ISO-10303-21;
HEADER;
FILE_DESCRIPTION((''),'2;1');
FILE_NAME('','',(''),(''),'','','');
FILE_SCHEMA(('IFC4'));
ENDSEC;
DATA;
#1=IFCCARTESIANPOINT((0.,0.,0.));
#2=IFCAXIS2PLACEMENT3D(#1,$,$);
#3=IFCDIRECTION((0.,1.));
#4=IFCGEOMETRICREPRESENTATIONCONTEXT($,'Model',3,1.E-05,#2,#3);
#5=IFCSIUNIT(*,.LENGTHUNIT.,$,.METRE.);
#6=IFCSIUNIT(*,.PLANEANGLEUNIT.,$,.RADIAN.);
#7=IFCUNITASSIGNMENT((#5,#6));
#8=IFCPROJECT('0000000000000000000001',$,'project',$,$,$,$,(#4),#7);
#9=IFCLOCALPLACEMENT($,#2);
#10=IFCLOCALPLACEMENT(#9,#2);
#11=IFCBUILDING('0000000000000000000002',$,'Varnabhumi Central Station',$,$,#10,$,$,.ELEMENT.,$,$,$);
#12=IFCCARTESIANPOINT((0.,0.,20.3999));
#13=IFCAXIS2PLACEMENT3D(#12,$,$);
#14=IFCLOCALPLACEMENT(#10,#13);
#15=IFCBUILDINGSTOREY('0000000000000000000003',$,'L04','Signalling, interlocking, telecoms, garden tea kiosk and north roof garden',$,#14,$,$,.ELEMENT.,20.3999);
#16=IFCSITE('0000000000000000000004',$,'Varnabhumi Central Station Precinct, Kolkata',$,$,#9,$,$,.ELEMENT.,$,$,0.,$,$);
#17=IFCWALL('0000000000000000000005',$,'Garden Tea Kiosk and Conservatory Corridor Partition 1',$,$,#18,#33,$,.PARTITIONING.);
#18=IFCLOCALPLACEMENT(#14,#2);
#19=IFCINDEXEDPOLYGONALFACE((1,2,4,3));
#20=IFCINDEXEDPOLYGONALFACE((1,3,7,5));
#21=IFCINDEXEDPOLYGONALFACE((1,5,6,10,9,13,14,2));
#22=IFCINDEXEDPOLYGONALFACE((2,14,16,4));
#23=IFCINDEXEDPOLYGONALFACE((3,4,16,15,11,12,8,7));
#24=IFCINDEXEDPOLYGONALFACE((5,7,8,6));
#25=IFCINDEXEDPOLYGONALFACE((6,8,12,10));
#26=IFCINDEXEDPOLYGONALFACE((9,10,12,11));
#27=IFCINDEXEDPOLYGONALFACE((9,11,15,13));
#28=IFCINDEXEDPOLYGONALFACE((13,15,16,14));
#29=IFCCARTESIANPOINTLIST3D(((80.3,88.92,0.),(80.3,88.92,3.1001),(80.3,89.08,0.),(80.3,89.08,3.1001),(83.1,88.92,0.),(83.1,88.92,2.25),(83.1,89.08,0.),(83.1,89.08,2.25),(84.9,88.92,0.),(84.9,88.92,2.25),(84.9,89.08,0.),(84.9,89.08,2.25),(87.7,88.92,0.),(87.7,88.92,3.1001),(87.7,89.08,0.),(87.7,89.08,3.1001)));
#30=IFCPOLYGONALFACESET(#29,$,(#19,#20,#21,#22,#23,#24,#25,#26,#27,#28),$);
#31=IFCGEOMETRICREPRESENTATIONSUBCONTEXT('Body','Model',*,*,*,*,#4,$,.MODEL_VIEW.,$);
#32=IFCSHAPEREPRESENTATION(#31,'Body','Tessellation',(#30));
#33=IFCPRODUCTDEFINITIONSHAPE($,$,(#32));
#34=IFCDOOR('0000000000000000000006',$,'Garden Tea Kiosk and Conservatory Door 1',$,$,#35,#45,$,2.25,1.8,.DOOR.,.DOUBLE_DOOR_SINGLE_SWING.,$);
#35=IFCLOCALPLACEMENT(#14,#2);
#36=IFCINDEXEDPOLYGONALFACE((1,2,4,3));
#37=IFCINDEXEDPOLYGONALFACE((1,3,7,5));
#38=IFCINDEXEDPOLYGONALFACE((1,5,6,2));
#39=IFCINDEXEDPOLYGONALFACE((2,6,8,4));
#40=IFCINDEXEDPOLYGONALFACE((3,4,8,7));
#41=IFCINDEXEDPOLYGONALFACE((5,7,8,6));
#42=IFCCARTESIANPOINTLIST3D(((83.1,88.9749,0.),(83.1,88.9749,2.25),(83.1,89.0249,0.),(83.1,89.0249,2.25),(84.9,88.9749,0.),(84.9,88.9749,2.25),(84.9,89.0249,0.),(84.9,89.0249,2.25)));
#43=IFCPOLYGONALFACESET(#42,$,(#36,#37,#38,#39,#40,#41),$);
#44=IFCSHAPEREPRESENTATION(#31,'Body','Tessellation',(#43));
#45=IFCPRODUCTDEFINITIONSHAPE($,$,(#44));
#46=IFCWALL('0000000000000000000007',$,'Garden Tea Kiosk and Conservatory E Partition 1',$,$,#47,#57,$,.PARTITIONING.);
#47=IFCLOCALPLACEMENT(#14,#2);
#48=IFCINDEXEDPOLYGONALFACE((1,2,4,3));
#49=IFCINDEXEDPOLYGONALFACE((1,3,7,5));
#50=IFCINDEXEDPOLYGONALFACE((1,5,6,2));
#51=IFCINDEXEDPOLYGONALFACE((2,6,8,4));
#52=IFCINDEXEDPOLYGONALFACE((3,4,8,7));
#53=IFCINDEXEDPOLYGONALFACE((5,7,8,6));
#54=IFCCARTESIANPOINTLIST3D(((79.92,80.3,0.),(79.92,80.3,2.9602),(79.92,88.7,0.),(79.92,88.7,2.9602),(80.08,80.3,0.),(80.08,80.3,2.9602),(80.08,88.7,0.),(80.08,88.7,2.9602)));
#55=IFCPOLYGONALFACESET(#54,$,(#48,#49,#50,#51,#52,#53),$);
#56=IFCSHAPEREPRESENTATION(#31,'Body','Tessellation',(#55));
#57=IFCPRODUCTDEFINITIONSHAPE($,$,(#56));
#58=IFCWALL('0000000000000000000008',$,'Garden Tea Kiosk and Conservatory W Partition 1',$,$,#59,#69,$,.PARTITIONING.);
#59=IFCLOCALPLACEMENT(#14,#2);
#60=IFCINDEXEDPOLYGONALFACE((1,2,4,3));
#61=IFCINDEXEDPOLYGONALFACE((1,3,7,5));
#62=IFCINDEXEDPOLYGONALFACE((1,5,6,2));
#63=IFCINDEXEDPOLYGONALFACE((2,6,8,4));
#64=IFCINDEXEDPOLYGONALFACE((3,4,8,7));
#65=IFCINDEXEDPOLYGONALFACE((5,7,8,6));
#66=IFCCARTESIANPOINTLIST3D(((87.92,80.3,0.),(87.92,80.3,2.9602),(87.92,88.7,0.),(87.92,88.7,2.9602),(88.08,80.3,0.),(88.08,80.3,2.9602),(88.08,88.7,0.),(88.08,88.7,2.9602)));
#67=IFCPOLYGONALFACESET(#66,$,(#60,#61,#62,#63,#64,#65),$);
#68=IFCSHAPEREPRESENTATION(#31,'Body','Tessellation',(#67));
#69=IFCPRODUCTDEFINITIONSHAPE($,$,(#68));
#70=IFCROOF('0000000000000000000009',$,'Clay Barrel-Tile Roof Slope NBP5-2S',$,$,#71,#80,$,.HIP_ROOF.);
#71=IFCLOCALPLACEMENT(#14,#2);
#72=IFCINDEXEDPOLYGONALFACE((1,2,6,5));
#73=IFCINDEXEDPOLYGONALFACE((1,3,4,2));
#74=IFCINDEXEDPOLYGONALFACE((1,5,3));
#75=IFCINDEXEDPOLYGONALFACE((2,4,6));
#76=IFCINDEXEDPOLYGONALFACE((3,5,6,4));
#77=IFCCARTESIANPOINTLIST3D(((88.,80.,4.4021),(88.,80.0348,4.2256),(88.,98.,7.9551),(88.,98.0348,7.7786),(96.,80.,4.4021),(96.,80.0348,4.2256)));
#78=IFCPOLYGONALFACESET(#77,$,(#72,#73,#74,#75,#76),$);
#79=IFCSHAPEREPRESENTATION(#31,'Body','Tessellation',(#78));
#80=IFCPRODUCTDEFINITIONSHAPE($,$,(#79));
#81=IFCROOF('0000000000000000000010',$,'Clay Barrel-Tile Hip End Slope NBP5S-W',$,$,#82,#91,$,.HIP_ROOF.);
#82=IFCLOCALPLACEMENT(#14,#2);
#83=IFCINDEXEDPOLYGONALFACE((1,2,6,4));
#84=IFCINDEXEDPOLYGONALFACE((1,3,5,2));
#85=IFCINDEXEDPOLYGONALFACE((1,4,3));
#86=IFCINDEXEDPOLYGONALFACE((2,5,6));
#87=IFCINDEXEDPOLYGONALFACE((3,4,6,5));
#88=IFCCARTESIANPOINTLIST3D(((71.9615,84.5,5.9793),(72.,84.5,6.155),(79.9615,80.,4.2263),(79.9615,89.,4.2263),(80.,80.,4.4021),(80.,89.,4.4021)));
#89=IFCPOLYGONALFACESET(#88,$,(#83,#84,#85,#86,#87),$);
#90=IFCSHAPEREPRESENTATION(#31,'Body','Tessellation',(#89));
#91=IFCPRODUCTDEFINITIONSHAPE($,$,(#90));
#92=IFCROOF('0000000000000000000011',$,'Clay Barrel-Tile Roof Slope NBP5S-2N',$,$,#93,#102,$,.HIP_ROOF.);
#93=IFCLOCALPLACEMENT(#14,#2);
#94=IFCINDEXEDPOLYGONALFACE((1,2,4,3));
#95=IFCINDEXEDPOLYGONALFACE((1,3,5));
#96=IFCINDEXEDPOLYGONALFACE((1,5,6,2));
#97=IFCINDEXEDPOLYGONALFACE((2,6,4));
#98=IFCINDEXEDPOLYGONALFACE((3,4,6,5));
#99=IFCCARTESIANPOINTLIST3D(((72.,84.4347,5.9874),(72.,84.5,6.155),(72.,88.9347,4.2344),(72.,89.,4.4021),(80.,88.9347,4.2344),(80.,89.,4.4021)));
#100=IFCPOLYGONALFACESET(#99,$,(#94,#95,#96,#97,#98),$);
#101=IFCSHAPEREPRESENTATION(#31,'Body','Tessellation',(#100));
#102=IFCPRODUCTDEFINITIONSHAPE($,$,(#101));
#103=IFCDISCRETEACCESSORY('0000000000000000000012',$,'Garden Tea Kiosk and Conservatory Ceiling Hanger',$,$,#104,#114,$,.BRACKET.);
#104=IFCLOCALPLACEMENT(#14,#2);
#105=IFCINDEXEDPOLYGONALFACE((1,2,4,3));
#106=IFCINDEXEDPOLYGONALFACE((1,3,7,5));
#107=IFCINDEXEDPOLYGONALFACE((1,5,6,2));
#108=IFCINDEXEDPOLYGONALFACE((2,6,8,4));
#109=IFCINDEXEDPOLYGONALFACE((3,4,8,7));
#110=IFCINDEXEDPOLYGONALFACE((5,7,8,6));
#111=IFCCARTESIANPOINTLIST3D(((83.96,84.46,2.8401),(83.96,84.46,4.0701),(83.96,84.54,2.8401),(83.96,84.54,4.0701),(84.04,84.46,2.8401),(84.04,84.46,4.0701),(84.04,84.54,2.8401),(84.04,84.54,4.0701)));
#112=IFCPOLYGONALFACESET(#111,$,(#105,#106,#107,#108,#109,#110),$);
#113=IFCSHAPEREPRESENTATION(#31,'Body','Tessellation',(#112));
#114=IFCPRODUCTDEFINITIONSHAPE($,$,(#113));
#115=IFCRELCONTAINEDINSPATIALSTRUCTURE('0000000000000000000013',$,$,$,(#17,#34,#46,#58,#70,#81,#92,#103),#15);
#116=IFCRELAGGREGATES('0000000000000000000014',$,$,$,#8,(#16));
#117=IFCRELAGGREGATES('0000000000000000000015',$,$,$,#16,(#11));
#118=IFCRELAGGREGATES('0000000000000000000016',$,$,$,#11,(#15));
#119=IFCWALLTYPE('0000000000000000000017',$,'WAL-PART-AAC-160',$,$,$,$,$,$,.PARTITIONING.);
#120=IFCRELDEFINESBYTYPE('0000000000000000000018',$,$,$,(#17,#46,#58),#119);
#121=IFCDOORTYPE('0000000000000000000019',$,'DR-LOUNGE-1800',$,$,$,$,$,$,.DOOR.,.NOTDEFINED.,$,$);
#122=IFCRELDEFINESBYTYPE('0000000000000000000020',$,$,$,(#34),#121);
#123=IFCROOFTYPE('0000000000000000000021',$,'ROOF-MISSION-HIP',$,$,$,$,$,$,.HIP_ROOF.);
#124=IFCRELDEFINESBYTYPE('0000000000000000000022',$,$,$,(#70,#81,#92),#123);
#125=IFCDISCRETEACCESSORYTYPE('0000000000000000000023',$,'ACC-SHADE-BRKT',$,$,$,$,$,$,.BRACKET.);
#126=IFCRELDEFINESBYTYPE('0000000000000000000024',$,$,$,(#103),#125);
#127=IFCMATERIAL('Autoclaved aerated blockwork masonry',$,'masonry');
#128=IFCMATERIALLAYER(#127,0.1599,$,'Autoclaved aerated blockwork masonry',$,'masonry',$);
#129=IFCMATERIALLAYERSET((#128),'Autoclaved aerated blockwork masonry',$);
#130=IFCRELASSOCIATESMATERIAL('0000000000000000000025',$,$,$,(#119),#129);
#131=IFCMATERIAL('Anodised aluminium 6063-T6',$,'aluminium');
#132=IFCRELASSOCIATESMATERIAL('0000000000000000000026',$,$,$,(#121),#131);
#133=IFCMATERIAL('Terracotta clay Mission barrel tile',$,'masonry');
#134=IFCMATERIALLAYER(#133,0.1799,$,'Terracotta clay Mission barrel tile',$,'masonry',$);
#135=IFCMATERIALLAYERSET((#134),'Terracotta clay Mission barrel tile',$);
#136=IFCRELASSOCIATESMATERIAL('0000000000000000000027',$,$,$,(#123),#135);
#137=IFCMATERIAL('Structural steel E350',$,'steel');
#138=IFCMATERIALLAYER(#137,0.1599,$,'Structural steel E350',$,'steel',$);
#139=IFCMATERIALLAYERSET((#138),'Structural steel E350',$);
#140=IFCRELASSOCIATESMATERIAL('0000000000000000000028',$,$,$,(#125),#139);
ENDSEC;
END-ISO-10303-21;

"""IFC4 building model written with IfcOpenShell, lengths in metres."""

from ifc_helpers import new_model, si_unit, direction, frame, frame_2d, origin, origin_2d, place, context, subcontext, project, spatial, polyline, rectangle, outline, extrude, material, layer, layer_set, type_object, element, fill, save


model = new_model("IFC4")

# Units and contexts
model_context = context("Model", 3, precision=1e-05, world=origin(), true_north=direction((0.0, 1.0)))
body_context = subcontext(model_context, "Body", "Model", "MODEL_VIEW")
ifc_project = project(units=[si_unit("LENGTHUNIT", "METRE"), si_unit("PLANEANGLEUNIT", "RADIAN")], contexts=[model_context])

# Site, building, storey
site_placement = place(None, origin())
site = spatial("IfcSite", under=ifc_project, at=site_placement, Name="Varnabhumi Central Station Precinct, Kolkata", CompositionType="ELEMENT", RefElevation=0.0)
building_placement = place(site_placement, origin())
building = spatial("IfcBuilding", under=site, at=building_placement, Name="Varnabhumi Central Station", CompositionType="ELEMENT")
storey_placement = place(building_placement, frame((0.0, 0.0, 20.3999)))
storey = spatial("IfcBuildingStorey", under=building, at=storey_placement, Name="L04", Description="Signalling, interlocking, telecoms, garden tea kiosk and north roof garden", CompositionType="ELEMENT", Elevation=20.3999)

# Shared definitions
ifc_material_1 = material(Name="Structural steel E350", Category="steel")

# Shared definitions
ifc_material_2 = material(Name="Anodised aluminium 6063-T6", Category="aluminium")

# Wall, opening, door
ifc_material_3 = material(Name="Autoclaved aerated blockwork masonry", Category="masonry")
ifc_layer_1 = layer(ifc_material_3, 0.1599, Name="Autoclaved aerated blockwork masonry", Category="masonry")
ifc_layer_set_1 = layer_set([ifc_layer_1], Name="Autoclaved aerated blockwork masonry")
wall_type = type_object("IfcWallType", Name="WAL-PART-AAC-160", PredefinedType="PARTITIONING", material=ifc_layer_set_1)
wall_placement = place(storey_placement, frame((80.3, 89.0, 0.0), z_axis=(0.0, 0.0, 1.0), x_axis=(1.0, 0.0, 0.0)))
wall = element("IfcWall", 1, at=wall_placement, inside=storey, type_object=wall_type, Name="Garden Tea Kiosk and Conservatory Corridor Partition 1", PredefinedType="PARTITIONING", context=body_context, shape_type="SweptSolid", body=[
    extrude(rectangle(XDim=7.3999, YDim=0.1599, at=frame_2d((3.7, 0.0))), origin(), (0.0, 0.0, 1.0), 3.1001),
])
opening_placement = place(wall_placement, frame((2.8, 0.0, 0.0)))
opening = element("IfcOpeningElement", 2, at=opening_placement, cuts=wall, PredefinedType="OPENING", context=body_context, shape_type="SweptSolid", body=[
    extrude(rectangle(XDim=1.8, YDim=2.25, at=frame_2d((0.8999, 1.125))), frame((0.0, 0.0898, 0.0), z_axis=(0.0, -1.0, 0.0), x_axis=(1.0, 0.0, 0.0)), (0.0, 0.0, 1.0), 0.1799),
])
door_type = type_object("IfcDoorType", Name="DR-LOUNGE-1800", OperationType="NOTDEFINED", PredefinedType="DOOR", material=ifc_material_2)
door_placement = place(opening_placement, origin())
door = element("IfcDoor", 3, at=door_placement, inside=storey, type_object=door_type, Name="Garden Tea Kiosk and Conservatory Door 1", OperationType="DOUBLE_DOOR_SINGLE_SWING", OverallHeight=2.25, OverallWidth=1.8, PredefinedType="DOOR", context=body_context, shape_type="SweptSolid", body=[
    extrude(rectangle(XDim=1.8, YDim=2.25, at=frame_2d((0.8999, 1.125))), frame((0.0, 0.0249, 0.0), z_axis=(0.0, -1.0, 0.0), x_axis=(1.0, 0.0, 0.0)), (0.0, 0.0, 1.0), 0.05),
])
fill(opening, door)

# Walls
for number, where, z_axis, x_axis, name in (
    (4, (80.0, 80.3, 0.0), (0.0, 0.0, 1.0), (0.0, 1.0, 0.0), "Garden Tea Kiosk and Conservatory E Partition 1"),
    (5, (88.0, 80.3, 0.0), (0.0, 0.0, 1.0), (0.0, 1.0, 0.0), "Garden Tea Kiosk and Conservatory W Partition 1"),
):
    element("IfcWall", number, at=place(storey_placement, frame(where, z_axis=z_axis, x_axis=x_axis)), inside=storey, type_object=wall_type, Name=name, PredefinedType="PARTITIONING", context=body_context, shape_type="SweptSolid", body=[
        extrude(rectangle(XDim=8.3999, YDim=0.1599, at=frame_2d((4.2, 0.0))), origin(), (0.0, 0.0, 1.0), 2.9602),
    ])

# Roofs
ifc_material_4 = material(Name="Terracotta clay Mission barrel tile", Category="masonry")
ifc_layer_2 = layer(ifc_material_4, 0.1799, Name="Terracotta clay Mission barrel tile", Category="masonry")
ifc_layer_set_2 = layer_set([ifc_layer_2], Name="Terracotta clay Mission barrel tile")
roof_type = type_object("IfcRoofType", Name="ROOF-MISSION-HIP", PredefinedType="HIP_ROOF", material=ifc_layer_set_2)
roof_1_placement = place(storey_placement, frame((88.0, 80.0, 4.4021), z_axis=(0.0, -0.193651, 0.98107), x_axis=(1.0, 0.0, 0.0)))
element("IfcRoof", 6, at=roof_1_placement, inside=storey, type_object=roof_type, Name="Clay Barrel-Tile Roof Slope NBP5-2S", PredefinedType="HIP_ROOF", context=body_context, shape_type="SweptSolid", body=[
    extrude(outline(polyline([(0.0, 0.0), (8.0, 0.0), (0.0, 18.3473), (0.0, 0.0)])), origin(), (0.0, 0.0, -1.0), 0.1799),
])
roof_2_placement = place(storey_placement, frame((80.0, 89.0, 4.4021), z_axis=(0.214038, 0.0, 0.976825), x_axis=(0.0, -1.0, 0.0)))
element("IfcRoof", 7, at=roof_2_placement, inside=storey, type_object=roof_type, Name="Clay Barrel-Tile Hip End Slope NBP5S-W", PredefinedType="HIP_ROOF", context=body_context, shape_type="SweptSolid", body=[
    extrude(outline(polyline([(0.0, 0.0), (9.0, 0.0), (4.5, -8.1898), (0.0, 0.0)])), origin(), (0.0, 0.0, -1.0), 0.1799),
])
roof_3_placement = place(storey_placement, frame((80.0, 89.0, 4.4021), z_axis=(0.0, 0.362973, 0.9318), x_axis=(-1.0, 0.0, 0.0)))
element("IfcRoof", 8, at=roof_3_placement, inside=storey, type_object=roof_type, Name="Clay Barrel-Tile Roof Slope NBP5S-2N", PredefinedType="HIP_ROOF", context=body_context, shape_type="SweptSolid", body=[
    extrude(outline(polyline([(0.0, 0.0), (8.0, 0.0), (8.0, 4.8294), (0.0, 0.0)])), origin(), (0.0, 0.0, -1.0), 0.1799),
])

# Discrete accessory
ifc_layer_3 = layer(ifc_material_1, 0.1599, Name="Structural steel E350", Category="steel")
ifc_layer_set_3 = layer_set([ifc_layer_3], Name="Structural steel E350")
discrete_accessory_type = type_object("IfcDiscreteAccessoryType", Name="ACC-SHADE-BRKT", PredefinedType="BRACKET", material=ifc_layer_set_3)
discrete_accessory_placement = place(storey_placement, frame((84.0, 84.5, 2.8401), z_axis=(0.0, 0.0, 1.0), x_axis=(1.0, 0.0, 0.0)))
element("IfcDiscreteAccessory", 9, at=discrete_accessory_placement, inside=storey, type_object=discrete_accessory_type, Name="Garden Tea Kiosk and Conservatory Ceiling Hanger", PredefinedType="BRACKET", context=body_context, shape_type="SweptSolid", body=[
    extrude(rectangle(XDim=0.0801, YDim=0.0801, at=origin_2d()), origin(), (0.0, 0.0, 1.0), 1.23),
])

save(model, "model.ifc")
